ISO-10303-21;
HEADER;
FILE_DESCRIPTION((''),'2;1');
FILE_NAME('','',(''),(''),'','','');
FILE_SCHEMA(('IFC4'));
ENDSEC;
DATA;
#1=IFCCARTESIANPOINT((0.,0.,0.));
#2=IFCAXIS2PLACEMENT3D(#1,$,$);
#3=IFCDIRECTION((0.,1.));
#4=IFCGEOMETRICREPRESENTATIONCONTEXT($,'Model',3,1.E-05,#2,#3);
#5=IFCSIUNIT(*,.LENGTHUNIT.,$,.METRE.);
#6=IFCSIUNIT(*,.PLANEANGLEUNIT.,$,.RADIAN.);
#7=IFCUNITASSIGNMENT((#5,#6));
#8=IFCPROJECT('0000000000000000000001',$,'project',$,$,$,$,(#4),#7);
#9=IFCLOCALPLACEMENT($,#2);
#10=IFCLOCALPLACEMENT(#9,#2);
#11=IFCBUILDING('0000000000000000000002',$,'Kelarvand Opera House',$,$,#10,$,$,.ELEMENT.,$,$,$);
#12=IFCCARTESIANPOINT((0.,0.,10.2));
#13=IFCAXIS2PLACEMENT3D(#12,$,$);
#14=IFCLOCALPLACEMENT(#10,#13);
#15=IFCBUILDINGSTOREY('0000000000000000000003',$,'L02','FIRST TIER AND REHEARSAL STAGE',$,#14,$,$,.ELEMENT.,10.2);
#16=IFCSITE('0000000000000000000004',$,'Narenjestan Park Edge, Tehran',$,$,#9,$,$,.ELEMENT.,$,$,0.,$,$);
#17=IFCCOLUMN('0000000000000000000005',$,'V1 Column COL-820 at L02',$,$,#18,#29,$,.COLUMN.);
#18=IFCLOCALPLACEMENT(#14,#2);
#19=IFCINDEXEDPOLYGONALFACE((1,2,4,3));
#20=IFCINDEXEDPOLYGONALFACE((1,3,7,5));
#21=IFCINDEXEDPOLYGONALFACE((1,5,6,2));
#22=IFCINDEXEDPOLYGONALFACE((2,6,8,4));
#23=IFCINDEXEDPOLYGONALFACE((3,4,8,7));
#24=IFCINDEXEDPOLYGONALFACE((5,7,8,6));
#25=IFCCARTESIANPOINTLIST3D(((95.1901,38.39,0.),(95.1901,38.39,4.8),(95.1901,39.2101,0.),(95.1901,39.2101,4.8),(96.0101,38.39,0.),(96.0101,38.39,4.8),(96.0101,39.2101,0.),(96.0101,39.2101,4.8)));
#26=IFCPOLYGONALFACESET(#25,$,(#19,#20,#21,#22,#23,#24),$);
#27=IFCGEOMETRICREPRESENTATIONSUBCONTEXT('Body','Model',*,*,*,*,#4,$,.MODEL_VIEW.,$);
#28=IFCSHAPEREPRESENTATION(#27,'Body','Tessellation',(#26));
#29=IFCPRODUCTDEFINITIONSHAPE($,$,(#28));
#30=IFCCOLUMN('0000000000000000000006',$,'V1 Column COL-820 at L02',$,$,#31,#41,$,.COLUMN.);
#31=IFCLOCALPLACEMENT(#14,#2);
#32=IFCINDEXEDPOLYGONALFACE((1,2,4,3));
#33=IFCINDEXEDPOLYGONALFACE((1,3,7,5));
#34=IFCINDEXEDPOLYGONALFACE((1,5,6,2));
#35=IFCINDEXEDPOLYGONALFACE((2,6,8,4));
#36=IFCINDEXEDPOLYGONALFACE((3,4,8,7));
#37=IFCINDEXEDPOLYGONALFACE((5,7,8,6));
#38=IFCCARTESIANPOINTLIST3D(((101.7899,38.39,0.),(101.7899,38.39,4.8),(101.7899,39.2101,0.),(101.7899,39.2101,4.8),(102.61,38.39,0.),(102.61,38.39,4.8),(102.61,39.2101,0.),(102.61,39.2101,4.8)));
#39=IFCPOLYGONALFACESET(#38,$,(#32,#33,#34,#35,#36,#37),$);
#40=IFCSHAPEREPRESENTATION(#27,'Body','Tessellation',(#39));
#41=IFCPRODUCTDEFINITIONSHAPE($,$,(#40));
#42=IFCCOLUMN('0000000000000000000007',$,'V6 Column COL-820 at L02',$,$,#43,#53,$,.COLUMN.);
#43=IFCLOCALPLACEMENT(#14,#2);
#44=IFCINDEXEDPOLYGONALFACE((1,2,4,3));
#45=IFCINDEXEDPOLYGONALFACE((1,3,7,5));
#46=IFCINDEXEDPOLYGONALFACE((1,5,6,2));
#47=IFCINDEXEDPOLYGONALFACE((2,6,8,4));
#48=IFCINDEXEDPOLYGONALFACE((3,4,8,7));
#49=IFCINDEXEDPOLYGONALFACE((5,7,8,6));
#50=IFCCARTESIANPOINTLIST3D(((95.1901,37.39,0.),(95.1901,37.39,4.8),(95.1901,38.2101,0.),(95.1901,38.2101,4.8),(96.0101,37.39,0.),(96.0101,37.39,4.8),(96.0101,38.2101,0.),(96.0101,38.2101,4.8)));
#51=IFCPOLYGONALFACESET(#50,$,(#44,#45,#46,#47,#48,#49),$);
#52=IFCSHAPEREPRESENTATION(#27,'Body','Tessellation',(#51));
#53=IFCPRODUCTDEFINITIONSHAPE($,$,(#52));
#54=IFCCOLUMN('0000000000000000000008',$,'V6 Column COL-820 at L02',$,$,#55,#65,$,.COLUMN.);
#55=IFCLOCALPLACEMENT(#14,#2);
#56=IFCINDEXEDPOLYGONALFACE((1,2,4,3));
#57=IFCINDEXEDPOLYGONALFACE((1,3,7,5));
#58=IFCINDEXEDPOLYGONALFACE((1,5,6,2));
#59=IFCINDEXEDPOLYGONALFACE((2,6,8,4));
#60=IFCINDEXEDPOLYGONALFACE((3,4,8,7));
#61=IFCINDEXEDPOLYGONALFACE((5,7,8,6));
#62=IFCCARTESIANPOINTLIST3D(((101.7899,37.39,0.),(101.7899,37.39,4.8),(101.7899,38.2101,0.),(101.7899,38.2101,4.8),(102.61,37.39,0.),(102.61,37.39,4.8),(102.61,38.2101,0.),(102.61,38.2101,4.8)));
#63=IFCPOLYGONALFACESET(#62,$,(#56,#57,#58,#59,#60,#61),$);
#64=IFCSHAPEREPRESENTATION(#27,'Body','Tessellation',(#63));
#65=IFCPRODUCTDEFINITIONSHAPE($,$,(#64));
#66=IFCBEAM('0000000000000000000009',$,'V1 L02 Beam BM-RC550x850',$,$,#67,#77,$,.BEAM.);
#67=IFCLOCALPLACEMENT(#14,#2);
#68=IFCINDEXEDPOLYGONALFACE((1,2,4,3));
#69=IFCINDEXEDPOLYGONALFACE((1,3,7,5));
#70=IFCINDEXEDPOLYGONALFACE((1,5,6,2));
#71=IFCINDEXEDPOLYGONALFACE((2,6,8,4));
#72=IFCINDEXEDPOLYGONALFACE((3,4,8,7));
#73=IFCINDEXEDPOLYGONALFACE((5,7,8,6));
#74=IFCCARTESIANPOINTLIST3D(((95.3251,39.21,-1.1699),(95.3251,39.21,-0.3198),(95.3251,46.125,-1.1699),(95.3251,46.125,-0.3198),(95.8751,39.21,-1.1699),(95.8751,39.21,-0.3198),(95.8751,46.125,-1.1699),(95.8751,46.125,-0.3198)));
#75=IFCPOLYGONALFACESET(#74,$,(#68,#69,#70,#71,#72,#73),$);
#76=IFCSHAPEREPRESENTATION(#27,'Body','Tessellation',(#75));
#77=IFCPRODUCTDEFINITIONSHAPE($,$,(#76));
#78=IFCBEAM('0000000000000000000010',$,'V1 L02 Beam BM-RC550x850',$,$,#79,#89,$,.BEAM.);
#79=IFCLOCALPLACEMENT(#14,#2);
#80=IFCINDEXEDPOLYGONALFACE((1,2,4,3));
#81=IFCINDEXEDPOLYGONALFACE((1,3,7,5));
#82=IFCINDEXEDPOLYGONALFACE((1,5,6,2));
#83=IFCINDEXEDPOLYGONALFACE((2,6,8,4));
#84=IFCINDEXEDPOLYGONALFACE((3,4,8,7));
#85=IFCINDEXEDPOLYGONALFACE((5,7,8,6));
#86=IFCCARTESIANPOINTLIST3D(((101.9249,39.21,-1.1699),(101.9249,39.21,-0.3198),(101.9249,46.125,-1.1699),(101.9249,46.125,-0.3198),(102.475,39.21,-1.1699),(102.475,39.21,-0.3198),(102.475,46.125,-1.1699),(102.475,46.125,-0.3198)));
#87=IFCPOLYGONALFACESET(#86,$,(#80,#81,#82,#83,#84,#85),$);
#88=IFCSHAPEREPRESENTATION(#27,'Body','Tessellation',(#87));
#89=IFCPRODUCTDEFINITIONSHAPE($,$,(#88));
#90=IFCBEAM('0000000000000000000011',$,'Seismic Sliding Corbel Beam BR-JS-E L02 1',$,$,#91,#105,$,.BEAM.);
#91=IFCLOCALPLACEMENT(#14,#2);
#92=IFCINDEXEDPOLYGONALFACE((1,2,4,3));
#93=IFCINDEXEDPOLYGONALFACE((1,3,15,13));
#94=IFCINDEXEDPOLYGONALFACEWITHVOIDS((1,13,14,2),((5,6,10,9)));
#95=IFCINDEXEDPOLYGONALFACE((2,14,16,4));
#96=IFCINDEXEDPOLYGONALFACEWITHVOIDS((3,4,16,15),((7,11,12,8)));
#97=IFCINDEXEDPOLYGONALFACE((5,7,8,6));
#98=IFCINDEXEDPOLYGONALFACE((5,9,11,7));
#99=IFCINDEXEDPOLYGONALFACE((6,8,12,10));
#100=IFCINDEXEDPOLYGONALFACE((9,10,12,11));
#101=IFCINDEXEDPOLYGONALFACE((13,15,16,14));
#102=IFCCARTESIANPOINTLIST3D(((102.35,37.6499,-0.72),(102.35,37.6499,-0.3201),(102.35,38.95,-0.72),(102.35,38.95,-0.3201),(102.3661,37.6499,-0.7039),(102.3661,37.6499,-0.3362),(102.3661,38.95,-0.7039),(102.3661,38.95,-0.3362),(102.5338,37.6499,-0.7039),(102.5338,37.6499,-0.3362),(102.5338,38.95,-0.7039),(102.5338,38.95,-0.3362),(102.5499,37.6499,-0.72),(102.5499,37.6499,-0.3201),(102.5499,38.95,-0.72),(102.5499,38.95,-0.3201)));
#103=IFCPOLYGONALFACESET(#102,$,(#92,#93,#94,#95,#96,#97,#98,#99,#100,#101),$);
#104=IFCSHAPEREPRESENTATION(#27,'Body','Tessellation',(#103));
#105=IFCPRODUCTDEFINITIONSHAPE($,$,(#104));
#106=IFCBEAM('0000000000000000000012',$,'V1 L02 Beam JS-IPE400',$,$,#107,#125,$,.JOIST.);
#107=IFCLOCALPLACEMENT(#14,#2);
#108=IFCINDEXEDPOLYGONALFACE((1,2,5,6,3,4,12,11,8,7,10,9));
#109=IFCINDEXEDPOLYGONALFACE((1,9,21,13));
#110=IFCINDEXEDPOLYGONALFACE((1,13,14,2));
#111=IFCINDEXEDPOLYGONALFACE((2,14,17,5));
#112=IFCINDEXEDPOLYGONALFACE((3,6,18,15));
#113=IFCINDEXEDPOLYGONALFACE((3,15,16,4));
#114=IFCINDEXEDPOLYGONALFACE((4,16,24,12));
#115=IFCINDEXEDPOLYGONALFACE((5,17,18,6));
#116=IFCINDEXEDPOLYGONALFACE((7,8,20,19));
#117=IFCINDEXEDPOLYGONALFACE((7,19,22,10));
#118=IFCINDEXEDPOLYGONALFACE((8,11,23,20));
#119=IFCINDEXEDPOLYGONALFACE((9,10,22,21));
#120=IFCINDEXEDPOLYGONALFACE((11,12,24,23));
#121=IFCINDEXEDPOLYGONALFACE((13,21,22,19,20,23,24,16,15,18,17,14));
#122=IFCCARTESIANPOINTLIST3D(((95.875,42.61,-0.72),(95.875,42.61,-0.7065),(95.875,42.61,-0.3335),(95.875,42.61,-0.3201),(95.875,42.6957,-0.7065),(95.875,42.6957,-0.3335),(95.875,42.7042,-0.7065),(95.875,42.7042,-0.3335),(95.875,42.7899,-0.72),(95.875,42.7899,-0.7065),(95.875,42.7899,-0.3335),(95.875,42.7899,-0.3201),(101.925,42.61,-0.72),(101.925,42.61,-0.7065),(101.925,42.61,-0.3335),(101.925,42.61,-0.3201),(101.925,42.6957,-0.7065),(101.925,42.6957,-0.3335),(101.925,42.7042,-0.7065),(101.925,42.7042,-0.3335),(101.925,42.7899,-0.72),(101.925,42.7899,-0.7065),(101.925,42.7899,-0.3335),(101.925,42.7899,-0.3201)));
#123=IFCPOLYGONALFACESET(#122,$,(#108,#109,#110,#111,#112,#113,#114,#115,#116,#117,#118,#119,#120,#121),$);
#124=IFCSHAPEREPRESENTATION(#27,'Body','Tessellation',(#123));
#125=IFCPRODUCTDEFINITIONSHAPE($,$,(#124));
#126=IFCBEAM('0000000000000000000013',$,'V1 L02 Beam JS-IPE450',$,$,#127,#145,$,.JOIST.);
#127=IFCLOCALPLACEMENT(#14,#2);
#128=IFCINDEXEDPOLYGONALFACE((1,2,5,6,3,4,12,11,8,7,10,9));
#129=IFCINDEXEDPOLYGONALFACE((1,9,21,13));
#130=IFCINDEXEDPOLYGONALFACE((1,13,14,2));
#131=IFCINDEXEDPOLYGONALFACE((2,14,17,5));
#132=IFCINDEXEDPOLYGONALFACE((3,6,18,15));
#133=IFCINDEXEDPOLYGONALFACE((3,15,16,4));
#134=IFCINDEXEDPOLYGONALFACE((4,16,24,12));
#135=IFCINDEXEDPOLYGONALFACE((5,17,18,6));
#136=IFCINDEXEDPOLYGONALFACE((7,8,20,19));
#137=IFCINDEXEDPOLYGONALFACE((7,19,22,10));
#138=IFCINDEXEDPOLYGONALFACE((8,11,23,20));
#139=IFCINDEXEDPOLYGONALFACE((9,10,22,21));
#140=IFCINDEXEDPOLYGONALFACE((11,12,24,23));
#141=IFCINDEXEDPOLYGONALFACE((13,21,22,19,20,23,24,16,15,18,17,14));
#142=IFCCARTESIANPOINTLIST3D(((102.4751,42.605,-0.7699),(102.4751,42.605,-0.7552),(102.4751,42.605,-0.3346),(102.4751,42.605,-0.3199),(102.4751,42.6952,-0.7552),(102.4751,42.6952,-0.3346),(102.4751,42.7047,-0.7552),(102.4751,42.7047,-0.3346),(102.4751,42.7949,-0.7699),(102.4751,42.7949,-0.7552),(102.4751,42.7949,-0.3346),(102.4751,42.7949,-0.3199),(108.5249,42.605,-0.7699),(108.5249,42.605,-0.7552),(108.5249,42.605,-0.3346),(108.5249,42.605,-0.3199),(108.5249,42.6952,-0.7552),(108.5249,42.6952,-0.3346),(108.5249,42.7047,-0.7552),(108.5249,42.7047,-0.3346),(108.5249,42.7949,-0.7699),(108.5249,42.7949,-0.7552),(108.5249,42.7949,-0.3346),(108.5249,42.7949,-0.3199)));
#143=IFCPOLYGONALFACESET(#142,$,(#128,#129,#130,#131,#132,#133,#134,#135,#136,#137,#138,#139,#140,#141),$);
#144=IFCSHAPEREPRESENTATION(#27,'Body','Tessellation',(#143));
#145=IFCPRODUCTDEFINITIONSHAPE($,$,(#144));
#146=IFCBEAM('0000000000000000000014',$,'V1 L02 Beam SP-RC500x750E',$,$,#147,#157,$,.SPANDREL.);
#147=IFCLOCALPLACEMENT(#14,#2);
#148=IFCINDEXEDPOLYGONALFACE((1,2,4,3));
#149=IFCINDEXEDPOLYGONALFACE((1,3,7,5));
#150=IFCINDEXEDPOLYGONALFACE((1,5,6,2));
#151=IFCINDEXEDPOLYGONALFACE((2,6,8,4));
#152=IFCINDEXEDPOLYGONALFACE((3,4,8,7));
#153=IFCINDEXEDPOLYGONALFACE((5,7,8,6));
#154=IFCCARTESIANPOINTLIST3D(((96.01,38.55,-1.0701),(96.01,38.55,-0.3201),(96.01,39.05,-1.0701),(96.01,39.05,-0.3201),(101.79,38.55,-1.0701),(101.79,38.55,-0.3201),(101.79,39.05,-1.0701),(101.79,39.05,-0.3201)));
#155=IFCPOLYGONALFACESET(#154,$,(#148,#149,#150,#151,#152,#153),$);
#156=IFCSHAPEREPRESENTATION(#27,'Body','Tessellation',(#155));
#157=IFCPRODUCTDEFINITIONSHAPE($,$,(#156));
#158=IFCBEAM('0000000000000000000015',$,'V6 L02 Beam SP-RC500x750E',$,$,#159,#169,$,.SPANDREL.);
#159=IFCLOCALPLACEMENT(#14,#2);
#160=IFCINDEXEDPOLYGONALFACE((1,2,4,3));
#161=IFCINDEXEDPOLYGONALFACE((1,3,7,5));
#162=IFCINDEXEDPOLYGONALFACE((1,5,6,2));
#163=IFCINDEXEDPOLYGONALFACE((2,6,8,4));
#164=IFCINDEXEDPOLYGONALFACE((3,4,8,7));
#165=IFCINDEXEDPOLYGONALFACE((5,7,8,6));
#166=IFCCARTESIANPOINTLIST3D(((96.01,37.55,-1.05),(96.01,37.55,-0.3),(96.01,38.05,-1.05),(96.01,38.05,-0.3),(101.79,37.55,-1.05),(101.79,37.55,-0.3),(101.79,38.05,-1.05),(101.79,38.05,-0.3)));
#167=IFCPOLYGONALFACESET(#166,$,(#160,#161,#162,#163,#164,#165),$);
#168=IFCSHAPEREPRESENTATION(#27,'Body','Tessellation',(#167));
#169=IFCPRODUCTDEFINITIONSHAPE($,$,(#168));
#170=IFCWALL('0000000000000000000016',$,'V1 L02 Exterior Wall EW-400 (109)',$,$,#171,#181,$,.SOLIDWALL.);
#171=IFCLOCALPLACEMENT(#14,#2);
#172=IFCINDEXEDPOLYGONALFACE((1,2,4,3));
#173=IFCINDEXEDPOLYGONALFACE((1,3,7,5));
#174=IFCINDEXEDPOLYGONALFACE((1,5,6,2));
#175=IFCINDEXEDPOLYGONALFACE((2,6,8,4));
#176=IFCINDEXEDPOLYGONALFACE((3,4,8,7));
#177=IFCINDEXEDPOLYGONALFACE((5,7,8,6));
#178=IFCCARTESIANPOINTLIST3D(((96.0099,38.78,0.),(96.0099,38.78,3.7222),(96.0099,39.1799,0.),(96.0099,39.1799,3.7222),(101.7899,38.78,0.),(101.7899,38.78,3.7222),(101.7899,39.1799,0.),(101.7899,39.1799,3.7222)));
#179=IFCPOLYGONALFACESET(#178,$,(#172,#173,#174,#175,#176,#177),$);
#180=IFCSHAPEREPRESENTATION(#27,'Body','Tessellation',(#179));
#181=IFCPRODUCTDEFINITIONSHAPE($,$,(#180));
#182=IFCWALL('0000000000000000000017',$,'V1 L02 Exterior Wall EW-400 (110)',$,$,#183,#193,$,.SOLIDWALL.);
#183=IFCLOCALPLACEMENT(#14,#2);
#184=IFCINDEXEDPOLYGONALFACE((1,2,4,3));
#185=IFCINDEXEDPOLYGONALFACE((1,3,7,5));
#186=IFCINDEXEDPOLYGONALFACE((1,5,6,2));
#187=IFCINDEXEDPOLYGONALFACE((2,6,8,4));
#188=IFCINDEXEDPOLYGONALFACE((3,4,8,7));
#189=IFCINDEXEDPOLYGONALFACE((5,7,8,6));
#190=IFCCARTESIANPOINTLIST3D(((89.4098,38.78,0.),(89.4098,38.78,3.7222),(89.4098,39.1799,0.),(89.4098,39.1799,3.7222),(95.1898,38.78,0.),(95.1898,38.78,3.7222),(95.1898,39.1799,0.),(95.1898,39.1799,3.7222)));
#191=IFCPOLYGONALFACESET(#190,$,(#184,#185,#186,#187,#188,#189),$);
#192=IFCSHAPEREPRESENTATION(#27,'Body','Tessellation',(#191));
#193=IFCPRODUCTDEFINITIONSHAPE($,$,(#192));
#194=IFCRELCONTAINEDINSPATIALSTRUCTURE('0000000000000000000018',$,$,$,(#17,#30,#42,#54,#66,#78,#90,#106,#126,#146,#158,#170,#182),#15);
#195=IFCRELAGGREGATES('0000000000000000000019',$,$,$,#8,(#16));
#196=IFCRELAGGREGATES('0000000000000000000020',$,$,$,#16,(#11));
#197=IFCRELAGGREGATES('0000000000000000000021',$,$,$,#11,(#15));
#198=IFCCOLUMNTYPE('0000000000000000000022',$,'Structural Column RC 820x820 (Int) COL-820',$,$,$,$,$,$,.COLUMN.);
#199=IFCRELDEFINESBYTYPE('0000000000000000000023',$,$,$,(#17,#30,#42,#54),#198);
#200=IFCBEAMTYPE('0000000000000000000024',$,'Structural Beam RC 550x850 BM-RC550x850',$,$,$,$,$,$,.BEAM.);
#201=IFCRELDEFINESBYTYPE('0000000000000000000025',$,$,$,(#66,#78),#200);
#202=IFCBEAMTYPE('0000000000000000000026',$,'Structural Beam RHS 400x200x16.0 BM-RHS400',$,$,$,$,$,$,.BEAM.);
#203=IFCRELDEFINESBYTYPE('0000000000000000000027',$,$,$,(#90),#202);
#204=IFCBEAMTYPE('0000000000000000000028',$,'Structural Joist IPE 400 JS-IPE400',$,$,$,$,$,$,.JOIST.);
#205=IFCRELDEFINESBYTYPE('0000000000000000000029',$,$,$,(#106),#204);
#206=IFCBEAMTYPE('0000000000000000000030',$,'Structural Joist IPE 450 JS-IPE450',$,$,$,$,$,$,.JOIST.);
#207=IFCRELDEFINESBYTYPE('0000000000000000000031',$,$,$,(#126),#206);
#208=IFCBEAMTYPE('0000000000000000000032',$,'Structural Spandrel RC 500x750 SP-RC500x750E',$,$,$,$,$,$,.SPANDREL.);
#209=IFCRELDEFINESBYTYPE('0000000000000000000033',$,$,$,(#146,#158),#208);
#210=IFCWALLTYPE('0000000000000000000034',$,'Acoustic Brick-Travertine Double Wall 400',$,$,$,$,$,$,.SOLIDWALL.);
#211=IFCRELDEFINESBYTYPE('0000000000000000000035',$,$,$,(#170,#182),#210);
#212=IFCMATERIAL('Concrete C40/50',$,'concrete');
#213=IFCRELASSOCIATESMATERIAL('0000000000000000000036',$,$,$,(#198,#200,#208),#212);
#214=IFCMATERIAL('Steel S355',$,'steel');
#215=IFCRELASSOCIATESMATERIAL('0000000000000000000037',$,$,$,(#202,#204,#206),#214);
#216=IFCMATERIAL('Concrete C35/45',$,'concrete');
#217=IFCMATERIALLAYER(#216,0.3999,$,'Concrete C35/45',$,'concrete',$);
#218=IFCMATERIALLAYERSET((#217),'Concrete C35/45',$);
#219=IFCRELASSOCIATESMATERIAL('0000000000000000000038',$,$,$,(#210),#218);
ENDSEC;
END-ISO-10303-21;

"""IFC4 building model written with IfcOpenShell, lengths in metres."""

from ifc_helpers import new_model, si_unit, direction, frame, frame_2d, origin, origin_2d, place, context, subcontext, project, spatial, rectangle, hollow_rectangle, i_section, extrude, material, layer, layer_set, material_profile, profile_set, type_object, element, save


model = new_model("IFC4")

# Units and contexts
model_context = context("Model", 3, precision=1e-05, world=origin(), true_north=direction((0.0, 1.0)))
body_context = subcontext(model_context, "Body", "Model", "MODEL_VIEW")
ifc_project = project(units=[si_unit("LENGTHUNIT", "METRE"), si_unit("PLANEANGLEUNIT", "RADIAN")], contexts=[model_context])

# Site, building, storey
site_placement = place(None, origin())
site = spatial("IfcSite", under=ifc_project, at=site_placement, Name="Narenjestan Park Edge, Tehran", CompositionType="ELEMENT", RefElevation=0.0)
building_placement = place(site_placement, origin())
building = spatial("IfcBuilding", under=site, at=building_placement, Name="Kelarvand Opera House", CompositionType="ELEMENT")
storey_placement = place(building_placement, frame((0.0, 0.0, 10.2)))
storey = spatial("IfcBuildingStorey", under=building, at=storey_placement, Name="L02", Description="FIRST TIER AND REHEARSAL STAGE", CompositionType="ELEMENT", Elevation=10.2)

# Columns
ifc_material_1 = material(Name="Concrete C40/50", Category="concrete")
ifc_material_profile_1 = material_profile(ifc_material_1, rectangle(XDim=0.8201, YDim=0.8201, at=origin_2d()), Name="RC 820x820", Category="concrete")
ifc_profile_set_1 = profile_set([ifc_material_profile_1], Name="Concrete C40/50")
column_type = type_object("IfcColumnType", Name="Structural Column RC 820x820 (Int) COL-820", PredefinedType="COLUMN", material=ifc_profile_set_1)
for number, where, z_axis, x_axis, name in (
    (1, (95.6001, 38.8, 0.0), (0.0, 0.0, 1.0), (1.0, 0.0, 0.0), "V1 Column COL-820 at L02"),
    (2, (102.2, 38.8, 0.0), (0.0, 0.0, 1.0), (1.0, 0.0, 0.0), "V1 Column COL-820 at L02"),
    (3, (95.6001, 37.8, 0.0), (0.0, 0.0, 1.0), (1.0, 0.0, 0.0), "V6 Column COL-820 at L02"),
    (4, (102.2, 37.8, 0.0), (0.0, 0.0, 1.0), (1.0, 0.0, 0.0), "V6 Column COL-820 at L02"),
):
    element("IfcColumn", number, at=place(storey_placement, frame(where, z_axis=z_axis, x_axis=x_axis)), inside=storey, type_object=column_type, Name=name, PredefinedType="COLUMN", context=body_context, shape_type="SweptSolid", body=[
        extrude(rectangle(XDim=0.8201, YDim=0.8201, at=origin_2d()), origin(), (0.0, 0.0, 1.0), 4.8),
    ])

# Beams
ifc_material_profile_2 = material_profile(ifc_material_1, rectangle(XDim=0.55, YDim=0.8501, at=origin_2d()), Name="RC 550x850", Category="concrete")
ifc_profile_set_2 = profile_set([ifc_material_profile_2], Name="Concrete C40/50")
beam_type_1 = type_object("IfcBeamType", Name="Structural Beam RC 550x850 BM-RC550x850", PredefinedType="BEAM", material=ifc_profile_set_2)
for number, where, z_axis, x_axis, name in (
    (5, (95.6001, 39.21, -0.7449), (0.0, 1.0, 0.0), (-1.0, 0.0, 0.0), "V1 L02 Beam BM-RC550x850"),
    (6, (102.2, 39.21, -0.7449), (0.0, 1.0, 0.0), (-1.0, 0.0, 0.0), "V1 L02 Beam BM-RC550x850"),
):
    element("IfcBeam", number, at=place(storey_placement, frame(where, z_axis=z_axis, x_axis=x_axis)), inside=storey, type_object=beam_type_1, Name=name, PredefinedType="BEAM", context=body_context, shape_type="SweptSolid", body=[
        extrude(rectangle(XDim=0.55, YDim=0.8501, at=origin_2d()), origin(), (0.0, 0.0, 1.0), 6.915),
    ])
ifc_material_2 = material(Name="Steel S355", Category="steel")
ifc_material_profile_3 = material_profile(ifc_material_2, hollow_rectangle(XDim=0.2, YDim=0.3999, WallThickness=0.0161, at=origin_2d()), Name="RHS 400x200x16.0", Category="steel")
ifc_profile_set_3 = profile_set([ifc_material_profile_3], Name="Steel S355")
beam_type_2 = type_object("IfcBeamType", Name="Structural Beam RHS 400x200x16.0 BM-RHS400", PredefinedType="BEAM", material=ifc_profile_set_3)
beam_1_placement = place(storey_placement, frame((102.45, 37.6499, -0.52), z_axis=(0.0, 1.0, 0.0), x_axis=(-1.0, 0.0, 0.0)))
element("IfcBeam", 7, at=beam_1_placement, inside=storey, type_object=beam_type_2, Name="Seismic Sliding Corbel Beam BR-JS-E L02 1", PredefinedType="BEAM", context=body_context, shape_type="SweptSolid", body=[
    extrude(hollow_rectangle(XDim=0.2, YDim=0.3999, WallThickness=0.0161, at=origin_2d()), origin(), (0.0, 0.0, 1.0), 1.3),
])
ifc_material_profile_4 = material_profile(ifc_material_2, i_section(OverallWidth=0.1799, OverallDepth=0.3999, WebThickness=0.0085, FlangeThickness=0.0134, at=origin_2d()), Name="IPE 400", Category="steel")
ifc_profile_set_4 = profile_set([ifc_material_profile_4], Name="Steel S355")
beam_type_3 = type_object("IfcBeamType", Name="Structural Joist IPE 400 JS-IPE400", PredefinedType="JOIST", material=ifc_profile_set_4)
beam_2_placement = place(storey_placement, frame((95.875, 42.7, -0.52), z_axis=(1.0, 0.0, 0.0), x_axis=(0.0, 1.0, 0.0)))
element("IfcBeam", 8, at=beam_2_placement, inside=storey, type_object=beam_type_3, Name="V1 L02 Beam JS-IPE400", PredefinedType="JOIST", context=body_context, shape_type="SweptSolid", body=[
    extrude(i_section(OverallWidth=0.1799, OverallDepth=0.3999, WebThickness=0.0085, FlangeThickness=0.0134, at=origin_2d()), origin(), (0.0, 0.0, 1.0), 6.05),
])
ifc_material_profile_5 = material_profile(ifc_material_2, i_section(OverallWidth=0.1899, OverallDepth=0.45, WebThickness=0.0095, FlangeThickness=0.0146, at=origin_2d()), Name="IPE 450", Category="steel")
ifc_profile_set_5 = profile_set([ifc_material_profile_5], Name="Steel S355")
beam_type_4 = type_object("IfcBeamType", Name="Structural Joist IPE 450 JS-IPE450", PredefinedType="JOIST", material=ifc_profile_set_5)
beam_3_placement = place(storey_placement, frame((102.4751, 42.7, -0.5449), z_axis=(1.0, 0.0, 0.0), x_axis=(0.0, 1.0, 0.0)))
element("IfcBeam", 9, at=beam_3_placement, inside=storey, type_object=beam_type_4, Name="V1 L02 Beam JS-IPE450", PredefinedType="JOIST", context=body_context, shape_type="SweptSolid", body=[
    extrude(i_section(OverallWidth=0.1899, OverallDepth=0.45, WebThickness=0.0095, FlangeThickness=0.0146, at=origin_2d()), origin(), (0.0, 0.0, 1.0), 6.0498),
])
ifc_material_profile_6 = material_profile(ifc_material_1, rectangle(XDim=0.5, YDim=0.75, at=origin_2d()), Name="RC 500x750", Category="concrete")
ifc_profile_set_6 = profile_set([ifc_material_profile_6], Name="Concrete C40/50")
beam_type_5 = type_object("IfcBeamType", Name="Structural Spandrel RC 500x750 SP-RC500x750E", PredefinedType="SPANDREL", material=ifc_profile_set_6)
for number, where, z_axis, x_axis, name in (
    (10, (96.01, 38.8, -0.6951), (1.0, 0.0, 0.0), (0.0, 1.0, 0.0), "V1 L02 Beam SP-RC500x750E"),
    (11, (96.01, 37.8, -0.675), (1.0, 0.0, 0.0), (0.0, 1.0, 0.0), "V6 L02 Beam SP-RC500x750E"),
):
    element("IfcBeam", number, at=place(storey_placement, frame(where, z_axis=z_axis, x_axis=x_axis)), inside=storey, type_object=beam_type_5, Name=name, PredefinedType="SPANDREL", context=body_context, shape_type="SweptSolid", body=[
        extrude(rectangle(XDim=0.5, YDim=0.75, at=origin_2d()), origin(), (0.0, 0.0, 1.0), 5.78),
    ])

# Walls
ifc_material_3 = material(Name="Concrete C35/45", Category="concrete")
ifc_layer_1 = layer(ifc_material_3, 0.3999, Name="Concrete C35/45", Category="concrete")
ifc_layer_set_1 = layer_set([ifc_layer_1], Name="Concrete C35/45")
wall_type_1 = type_object("IfcWallType", Name="Acoustic Brick-Travertine Double Wall 400", PredefinedType="SOLIDWALL", material=ifc_layer_set_1)
for number, where, z_axis, x_axis, name in (
    (12, (101.79, 38.98, 0.0), (0.0, 0.0, 1.0), (-1.0, 0.0, 0.0), "V1 L02 Exterior Wall EW-400 (109)"),
    (13, (95.1899, 38.98, 0.0), (0.0, 0.0, 1.0), (-1.0, 0.0, 0.0), "V1 L02 Exterior Wall EW-400 (110)"),
):
    element("IfcWall", number, at=place(storey_placement, frame(where, z_axis=z_axis, x_axis=x_axis)), inside=storey, type_object=wall_type_1, Name=name, PredefinedType="SOLIDWALL", context=body_context, shape_type="SweptSolid", body=[
        extrude(rectangle(XDim=5.78, YDim=0.3999, at=frame_2d((2.8901, 0.0))), origin(), (0.0, 0.0, 1.0), 3.7222),
    ])

save(model, "model.ifc")
